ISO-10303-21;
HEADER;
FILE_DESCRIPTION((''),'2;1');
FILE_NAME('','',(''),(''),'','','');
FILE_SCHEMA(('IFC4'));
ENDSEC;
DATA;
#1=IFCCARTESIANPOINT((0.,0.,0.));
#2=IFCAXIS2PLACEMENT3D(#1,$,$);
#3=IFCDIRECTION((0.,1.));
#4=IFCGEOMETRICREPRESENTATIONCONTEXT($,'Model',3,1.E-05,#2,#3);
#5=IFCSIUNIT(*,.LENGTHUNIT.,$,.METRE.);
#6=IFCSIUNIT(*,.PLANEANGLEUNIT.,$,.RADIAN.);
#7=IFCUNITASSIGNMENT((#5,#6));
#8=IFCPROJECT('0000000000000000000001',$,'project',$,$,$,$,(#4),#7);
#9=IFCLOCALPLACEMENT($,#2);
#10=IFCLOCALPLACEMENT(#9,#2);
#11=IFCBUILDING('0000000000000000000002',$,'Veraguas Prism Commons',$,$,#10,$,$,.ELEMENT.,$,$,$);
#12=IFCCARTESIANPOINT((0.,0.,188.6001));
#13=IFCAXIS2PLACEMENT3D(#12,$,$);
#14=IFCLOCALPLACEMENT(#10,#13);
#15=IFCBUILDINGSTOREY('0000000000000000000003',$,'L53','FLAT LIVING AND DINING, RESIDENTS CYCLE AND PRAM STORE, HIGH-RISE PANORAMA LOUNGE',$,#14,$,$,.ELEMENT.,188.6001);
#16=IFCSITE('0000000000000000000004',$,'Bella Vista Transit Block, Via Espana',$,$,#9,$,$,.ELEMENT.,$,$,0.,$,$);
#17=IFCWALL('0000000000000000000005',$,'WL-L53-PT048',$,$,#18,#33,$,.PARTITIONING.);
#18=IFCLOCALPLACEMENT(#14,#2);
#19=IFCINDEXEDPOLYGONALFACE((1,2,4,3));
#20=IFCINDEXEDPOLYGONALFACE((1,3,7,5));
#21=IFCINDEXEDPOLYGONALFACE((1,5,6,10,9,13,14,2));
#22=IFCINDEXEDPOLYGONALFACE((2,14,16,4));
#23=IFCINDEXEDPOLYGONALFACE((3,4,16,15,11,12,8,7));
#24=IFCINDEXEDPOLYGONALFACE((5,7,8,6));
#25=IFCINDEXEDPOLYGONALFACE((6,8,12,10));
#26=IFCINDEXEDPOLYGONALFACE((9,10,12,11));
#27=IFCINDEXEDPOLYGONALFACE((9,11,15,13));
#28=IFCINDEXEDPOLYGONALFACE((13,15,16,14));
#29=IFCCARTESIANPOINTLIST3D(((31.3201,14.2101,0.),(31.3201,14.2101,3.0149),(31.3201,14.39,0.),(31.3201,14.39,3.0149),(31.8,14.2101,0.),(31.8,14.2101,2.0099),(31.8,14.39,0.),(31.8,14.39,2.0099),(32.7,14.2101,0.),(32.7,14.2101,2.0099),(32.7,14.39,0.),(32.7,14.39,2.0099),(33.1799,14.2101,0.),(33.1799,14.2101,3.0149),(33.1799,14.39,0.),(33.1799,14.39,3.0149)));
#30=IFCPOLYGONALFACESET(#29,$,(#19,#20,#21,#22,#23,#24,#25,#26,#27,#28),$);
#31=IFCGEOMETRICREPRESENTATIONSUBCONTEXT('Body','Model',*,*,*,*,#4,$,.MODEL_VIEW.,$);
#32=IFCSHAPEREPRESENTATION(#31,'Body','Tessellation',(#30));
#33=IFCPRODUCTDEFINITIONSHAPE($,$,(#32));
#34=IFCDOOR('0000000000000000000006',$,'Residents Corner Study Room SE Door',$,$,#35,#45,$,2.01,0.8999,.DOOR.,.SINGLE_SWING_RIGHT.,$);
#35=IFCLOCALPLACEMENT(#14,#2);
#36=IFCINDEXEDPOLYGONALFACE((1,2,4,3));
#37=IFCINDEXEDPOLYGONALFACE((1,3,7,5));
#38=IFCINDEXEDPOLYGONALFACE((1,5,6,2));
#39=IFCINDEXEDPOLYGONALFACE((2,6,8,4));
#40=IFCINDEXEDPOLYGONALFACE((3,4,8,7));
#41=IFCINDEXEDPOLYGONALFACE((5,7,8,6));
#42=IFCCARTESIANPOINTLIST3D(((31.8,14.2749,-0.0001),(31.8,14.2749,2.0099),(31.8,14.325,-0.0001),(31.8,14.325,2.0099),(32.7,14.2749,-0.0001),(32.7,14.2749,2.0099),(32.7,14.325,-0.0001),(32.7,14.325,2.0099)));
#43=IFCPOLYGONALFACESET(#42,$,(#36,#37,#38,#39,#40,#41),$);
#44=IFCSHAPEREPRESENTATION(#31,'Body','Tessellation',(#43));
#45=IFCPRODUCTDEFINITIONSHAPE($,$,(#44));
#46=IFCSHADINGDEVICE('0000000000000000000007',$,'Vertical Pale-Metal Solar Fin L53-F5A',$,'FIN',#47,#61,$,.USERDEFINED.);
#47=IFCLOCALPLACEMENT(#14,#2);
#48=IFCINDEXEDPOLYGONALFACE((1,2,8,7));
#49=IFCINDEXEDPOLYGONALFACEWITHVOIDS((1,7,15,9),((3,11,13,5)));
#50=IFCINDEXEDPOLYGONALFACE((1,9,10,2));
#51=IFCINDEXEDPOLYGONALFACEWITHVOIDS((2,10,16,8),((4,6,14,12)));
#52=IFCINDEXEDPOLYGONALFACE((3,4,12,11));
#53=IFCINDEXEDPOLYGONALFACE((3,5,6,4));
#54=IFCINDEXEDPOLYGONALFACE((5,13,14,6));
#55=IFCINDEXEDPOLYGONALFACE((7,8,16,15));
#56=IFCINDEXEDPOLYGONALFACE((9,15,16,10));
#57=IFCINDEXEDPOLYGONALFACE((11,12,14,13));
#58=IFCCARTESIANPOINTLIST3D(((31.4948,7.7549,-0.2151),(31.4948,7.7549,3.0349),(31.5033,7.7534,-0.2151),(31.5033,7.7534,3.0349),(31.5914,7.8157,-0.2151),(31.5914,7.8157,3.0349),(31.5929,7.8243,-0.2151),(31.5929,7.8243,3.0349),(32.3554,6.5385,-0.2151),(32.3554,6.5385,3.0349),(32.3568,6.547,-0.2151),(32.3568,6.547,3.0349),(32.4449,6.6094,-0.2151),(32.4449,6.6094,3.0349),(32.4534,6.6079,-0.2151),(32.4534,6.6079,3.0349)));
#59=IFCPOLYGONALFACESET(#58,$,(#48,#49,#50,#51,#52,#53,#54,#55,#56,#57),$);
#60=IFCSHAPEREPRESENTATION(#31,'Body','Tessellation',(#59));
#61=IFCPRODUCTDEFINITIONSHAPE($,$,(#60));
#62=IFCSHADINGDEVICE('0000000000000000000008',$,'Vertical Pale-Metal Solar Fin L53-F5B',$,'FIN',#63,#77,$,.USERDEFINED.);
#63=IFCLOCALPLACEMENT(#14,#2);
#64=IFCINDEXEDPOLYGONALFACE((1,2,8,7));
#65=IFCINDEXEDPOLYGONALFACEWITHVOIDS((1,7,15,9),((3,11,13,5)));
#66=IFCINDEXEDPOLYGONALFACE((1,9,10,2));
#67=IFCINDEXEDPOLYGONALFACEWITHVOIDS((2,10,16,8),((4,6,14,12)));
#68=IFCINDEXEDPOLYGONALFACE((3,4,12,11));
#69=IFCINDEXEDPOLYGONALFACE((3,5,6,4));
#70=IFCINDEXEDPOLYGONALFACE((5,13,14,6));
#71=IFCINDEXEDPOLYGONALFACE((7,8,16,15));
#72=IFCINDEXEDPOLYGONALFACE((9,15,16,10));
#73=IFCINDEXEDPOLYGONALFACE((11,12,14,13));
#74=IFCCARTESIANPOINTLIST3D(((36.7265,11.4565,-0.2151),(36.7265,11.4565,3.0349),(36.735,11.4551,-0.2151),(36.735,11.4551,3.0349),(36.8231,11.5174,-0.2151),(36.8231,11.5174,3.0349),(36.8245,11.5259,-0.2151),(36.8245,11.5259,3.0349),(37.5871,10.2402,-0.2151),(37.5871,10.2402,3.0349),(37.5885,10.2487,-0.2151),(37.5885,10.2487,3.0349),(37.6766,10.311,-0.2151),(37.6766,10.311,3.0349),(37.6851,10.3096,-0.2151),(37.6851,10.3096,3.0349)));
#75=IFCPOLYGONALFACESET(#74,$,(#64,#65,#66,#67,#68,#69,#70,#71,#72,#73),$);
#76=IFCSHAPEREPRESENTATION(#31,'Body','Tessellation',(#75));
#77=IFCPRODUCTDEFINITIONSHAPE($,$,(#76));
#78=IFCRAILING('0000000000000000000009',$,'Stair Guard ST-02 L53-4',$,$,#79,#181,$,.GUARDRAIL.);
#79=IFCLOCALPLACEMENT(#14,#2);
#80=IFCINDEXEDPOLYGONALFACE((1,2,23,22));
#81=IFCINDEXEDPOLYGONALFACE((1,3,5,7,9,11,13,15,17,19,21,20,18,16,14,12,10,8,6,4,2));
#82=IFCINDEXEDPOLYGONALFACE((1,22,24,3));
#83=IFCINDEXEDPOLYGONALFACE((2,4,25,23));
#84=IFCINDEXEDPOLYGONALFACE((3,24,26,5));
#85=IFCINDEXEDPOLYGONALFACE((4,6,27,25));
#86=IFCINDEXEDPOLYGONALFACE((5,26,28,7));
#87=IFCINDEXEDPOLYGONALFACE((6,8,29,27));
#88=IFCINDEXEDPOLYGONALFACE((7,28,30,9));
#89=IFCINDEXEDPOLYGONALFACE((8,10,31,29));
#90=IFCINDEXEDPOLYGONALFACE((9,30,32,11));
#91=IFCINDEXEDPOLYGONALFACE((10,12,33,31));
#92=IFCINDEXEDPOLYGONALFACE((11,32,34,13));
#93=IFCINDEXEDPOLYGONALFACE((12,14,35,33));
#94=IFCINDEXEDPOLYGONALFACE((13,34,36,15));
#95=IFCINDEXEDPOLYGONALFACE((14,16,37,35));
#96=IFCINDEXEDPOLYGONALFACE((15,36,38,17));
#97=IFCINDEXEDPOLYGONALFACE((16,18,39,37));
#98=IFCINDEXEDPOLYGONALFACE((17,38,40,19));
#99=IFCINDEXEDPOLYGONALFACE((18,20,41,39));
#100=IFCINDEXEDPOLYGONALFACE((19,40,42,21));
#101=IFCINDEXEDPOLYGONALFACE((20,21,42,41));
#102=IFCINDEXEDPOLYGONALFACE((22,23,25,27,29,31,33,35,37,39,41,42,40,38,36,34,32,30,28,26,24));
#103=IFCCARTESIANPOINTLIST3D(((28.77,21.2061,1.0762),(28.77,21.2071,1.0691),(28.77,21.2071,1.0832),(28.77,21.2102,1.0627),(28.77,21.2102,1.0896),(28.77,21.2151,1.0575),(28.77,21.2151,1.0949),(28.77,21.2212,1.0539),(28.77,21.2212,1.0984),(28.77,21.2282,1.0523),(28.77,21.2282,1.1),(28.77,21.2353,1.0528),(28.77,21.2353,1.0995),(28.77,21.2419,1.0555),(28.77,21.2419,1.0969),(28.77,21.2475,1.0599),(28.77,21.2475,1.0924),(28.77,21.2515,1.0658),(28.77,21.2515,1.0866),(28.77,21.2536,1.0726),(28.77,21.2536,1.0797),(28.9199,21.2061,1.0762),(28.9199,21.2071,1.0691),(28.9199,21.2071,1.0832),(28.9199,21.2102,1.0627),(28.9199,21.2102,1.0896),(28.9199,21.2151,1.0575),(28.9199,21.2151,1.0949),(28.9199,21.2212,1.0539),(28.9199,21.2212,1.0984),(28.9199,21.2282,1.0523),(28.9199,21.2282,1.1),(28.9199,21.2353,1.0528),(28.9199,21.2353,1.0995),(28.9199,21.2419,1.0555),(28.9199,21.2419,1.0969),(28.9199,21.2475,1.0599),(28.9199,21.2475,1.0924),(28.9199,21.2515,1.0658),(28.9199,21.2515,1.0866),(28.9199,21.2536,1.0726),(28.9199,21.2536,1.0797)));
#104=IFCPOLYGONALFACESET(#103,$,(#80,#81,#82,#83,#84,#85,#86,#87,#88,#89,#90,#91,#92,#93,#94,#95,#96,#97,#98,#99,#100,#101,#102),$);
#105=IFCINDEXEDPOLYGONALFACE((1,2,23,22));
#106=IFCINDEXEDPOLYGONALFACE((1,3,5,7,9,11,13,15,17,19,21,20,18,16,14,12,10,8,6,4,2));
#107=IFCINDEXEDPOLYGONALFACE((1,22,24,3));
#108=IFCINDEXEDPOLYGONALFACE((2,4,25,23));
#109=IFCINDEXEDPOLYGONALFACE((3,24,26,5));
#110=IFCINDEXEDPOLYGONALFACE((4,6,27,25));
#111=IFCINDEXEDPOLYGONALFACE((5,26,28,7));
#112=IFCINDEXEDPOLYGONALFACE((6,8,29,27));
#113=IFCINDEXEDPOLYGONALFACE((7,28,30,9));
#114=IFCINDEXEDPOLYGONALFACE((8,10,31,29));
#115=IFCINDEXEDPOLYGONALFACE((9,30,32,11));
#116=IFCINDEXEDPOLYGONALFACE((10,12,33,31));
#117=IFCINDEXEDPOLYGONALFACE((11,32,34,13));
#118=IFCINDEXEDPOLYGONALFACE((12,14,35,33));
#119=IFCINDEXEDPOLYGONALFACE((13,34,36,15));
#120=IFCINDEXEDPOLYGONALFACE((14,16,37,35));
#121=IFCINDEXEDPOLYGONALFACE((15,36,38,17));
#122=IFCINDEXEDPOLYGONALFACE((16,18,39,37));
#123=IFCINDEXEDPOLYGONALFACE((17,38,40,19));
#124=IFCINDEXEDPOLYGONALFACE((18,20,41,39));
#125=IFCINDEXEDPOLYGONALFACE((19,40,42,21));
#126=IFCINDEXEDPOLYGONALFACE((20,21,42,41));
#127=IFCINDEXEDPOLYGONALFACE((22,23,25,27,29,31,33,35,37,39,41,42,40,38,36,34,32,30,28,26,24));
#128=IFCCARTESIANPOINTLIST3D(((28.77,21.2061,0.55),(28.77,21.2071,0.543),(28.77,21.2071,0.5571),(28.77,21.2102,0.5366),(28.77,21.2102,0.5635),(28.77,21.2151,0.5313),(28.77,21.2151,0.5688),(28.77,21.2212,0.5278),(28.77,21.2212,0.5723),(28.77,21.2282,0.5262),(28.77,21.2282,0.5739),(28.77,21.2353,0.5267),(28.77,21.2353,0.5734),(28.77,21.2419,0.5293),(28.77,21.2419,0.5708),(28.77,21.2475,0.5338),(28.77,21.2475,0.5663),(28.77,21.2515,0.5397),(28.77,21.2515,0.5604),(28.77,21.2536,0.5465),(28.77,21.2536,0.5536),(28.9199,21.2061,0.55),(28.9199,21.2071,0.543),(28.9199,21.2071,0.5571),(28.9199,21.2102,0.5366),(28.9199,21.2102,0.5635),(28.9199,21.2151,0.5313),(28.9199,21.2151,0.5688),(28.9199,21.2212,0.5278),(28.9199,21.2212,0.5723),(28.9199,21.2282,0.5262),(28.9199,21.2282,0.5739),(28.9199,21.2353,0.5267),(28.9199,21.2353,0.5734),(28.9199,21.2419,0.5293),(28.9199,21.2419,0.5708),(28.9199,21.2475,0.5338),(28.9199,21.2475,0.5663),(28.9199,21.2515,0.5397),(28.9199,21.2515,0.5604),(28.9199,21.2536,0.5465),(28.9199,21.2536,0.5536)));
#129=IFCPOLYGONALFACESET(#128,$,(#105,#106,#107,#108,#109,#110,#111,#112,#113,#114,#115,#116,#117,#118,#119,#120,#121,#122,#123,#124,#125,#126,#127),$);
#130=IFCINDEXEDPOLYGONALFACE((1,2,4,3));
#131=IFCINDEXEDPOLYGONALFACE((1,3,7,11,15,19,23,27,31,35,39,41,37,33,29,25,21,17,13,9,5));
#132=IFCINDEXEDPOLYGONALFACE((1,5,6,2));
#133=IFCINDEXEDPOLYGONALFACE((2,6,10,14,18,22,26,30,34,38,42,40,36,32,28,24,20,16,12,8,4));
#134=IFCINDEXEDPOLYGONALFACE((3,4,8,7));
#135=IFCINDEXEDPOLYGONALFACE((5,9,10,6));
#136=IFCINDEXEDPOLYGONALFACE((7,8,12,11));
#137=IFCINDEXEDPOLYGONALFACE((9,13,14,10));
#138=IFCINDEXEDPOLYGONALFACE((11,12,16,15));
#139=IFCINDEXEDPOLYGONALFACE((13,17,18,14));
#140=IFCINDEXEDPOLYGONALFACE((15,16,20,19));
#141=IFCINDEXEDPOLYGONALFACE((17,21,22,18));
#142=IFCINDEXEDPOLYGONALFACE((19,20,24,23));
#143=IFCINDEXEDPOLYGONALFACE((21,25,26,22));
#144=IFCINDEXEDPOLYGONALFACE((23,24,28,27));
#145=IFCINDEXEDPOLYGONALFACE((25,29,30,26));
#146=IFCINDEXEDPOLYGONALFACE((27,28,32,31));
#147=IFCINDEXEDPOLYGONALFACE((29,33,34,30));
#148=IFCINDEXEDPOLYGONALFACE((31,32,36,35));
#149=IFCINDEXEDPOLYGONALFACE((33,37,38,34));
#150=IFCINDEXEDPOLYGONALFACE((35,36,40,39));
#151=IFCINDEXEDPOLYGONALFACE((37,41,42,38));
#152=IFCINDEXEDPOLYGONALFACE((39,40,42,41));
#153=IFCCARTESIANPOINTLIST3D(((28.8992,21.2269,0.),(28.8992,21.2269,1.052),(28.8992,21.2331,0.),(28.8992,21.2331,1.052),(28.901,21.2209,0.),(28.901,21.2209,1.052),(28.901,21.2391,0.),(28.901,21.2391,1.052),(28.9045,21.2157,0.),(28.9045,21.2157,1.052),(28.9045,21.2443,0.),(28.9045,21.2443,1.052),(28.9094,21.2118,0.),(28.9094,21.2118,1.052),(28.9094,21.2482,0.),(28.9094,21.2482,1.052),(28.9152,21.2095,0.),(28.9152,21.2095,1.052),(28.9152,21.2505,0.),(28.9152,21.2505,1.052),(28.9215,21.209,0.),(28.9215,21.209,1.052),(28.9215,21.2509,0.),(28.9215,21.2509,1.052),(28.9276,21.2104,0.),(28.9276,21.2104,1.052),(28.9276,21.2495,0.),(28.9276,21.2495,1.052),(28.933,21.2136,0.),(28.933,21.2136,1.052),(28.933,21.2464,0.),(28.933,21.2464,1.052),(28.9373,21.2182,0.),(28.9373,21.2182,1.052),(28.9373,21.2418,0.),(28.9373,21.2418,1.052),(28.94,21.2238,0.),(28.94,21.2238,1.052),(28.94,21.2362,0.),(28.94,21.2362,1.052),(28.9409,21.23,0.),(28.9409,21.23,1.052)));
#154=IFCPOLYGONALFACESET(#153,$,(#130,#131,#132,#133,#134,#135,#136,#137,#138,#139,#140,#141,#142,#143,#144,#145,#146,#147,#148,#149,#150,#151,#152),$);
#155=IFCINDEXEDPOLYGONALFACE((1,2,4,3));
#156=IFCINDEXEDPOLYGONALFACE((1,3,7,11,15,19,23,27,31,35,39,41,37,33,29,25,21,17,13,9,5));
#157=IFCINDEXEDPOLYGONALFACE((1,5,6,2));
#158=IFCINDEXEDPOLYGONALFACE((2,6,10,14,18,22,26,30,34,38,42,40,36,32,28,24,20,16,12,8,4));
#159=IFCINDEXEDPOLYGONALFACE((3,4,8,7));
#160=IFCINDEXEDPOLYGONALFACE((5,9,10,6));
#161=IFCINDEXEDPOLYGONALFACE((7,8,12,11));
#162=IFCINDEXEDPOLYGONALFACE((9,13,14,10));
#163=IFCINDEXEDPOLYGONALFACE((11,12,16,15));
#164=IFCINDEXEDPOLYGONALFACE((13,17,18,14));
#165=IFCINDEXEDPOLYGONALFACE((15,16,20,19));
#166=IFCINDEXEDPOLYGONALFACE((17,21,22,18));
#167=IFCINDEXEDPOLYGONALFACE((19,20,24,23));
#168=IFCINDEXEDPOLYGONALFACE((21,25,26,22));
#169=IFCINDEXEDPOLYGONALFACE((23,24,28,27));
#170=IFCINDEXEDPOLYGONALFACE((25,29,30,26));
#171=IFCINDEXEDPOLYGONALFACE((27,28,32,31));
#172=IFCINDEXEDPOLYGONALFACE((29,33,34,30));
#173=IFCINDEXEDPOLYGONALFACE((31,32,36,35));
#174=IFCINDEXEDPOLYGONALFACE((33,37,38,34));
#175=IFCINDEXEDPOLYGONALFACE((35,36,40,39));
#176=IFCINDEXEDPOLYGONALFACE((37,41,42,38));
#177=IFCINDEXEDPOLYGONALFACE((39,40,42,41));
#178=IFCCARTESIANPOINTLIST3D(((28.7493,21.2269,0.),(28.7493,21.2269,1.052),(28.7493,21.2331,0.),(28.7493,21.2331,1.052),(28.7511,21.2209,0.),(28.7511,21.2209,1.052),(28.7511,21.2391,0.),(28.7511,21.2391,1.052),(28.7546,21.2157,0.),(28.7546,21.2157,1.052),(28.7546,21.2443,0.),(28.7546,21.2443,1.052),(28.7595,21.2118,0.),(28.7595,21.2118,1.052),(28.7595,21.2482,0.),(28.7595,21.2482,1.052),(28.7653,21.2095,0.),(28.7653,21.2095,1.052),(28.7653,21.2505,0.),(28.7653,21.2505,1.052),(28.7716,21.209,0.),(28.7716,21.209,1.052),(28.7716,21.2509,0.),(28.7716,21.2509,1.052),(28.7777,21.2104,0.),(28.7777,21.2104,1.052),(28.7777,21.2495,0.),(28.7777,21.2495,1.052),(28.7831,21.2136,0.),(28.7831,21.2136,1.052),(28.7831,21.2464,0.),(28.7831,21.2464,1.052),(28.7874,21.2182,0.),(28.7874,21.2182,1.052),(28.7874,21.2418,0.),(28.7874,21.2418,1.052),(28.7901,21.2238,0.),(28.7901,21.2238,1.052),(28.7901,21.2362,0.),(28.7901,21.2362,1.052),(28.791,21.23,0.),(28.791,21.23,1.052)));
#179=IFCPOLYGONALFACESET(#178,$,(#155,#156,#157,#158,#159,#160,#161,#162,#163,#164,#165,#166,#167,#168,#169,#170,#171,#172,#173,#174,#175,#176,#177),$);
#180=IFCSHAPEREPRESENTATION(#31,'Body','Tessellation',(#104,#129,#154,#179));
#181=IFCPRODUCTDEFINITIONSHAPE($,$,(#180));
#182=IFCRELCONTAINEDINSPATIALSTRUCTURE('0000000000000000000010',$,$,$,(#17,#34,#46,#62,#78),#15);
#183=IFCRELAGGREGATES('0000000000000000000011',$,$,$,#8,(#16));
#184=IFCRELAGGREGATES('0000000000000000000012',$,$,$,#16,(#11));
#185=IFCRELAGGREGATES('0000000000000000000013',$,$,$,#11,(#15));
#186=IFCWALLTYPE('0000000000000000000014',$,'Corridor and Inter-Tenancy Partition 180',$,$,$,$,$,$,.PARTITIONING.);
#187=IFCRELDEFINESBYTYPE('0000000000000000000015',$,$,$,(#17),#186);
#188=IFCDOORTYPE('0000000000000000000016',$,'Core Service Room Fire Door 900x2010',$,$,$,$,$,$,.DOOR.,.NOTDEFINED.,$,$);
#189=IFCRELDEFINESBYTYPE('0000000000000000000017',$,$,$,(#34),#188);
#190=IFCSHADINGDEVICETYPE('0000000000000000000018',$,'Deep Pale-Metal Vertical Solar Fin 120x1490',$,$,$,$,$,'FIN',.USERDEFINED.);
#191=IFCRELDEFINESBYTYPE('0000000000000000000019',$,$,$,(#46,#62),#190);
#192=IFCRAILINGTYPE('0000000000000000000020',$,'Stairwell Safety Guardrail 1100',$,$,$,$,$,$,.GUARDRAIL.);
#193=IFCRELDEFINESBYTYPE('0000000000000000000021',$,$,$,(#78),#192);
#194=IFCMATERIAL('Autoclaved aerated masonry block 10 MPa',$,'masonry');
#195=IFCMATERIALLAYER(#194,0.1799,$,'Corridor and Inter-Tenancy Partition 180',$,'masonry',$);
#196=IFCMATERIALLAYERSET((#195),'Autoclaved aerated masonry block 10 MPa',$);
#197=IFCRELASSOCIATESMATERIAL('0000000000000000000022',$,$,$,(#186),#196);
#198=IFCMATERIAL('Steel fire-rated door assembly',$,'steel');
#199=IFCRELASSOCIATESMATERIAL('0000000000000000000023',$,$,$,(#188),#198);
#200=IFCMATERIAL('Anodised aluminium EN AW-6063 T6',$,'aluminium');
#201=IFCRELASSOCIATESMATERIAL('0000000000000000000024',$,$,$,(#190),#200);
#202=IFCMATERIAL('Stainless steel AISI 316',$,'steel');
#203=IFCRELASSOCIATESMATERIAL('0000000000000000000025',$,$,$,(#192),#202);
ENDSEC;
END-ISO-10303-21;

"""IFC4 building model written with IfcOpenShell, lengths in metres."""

from ifc_helpers import new_model, si_unit, direction, frame, frame_2d, origin, origin_2d, place, context, subcontext, project, spatial, rectangle, hollow_rectangle, circle, extrude, source, transform, mapped, material, layer, layer_set, material_profile, profile_set, type_object, element, fill, save


model = new_model("IFC4")

# Units and contexts
model_context = context("Model", 3, precision=1e-05, world=origin(), true_north=direction((0.0, 1.0)))
body_context = subcontext(model_context, "Body", "Model", "MODEL_VIEW")
ifc_project = project(units=[si_unit("LENGTHUNIT", "METRE"), si_unit("PLANEANGLEUNIT", "RADIAN")], contexts=[model_context])

# Site, building, storey
site_placement = place(None, origin())
site = spatial("IfcSite", under=ifc_project, at=site_placement, Name="Bella Vista Transit Block, Via Espana", CompositionType="ELEMENT", RefElevation=0.0)
building_placement = place(site_placement, origin())
building = spatial("IfcBuilding", under=site, at=building_placement, Name="Veraguas Prism Commons", CompositionType="ELEMENT")
storey_placement = place(building_placement, frame((0.0, 0.0, 188.6001)))
storey = spatial("IfcBuildingStorey", under=building, at=storey_placement, Name="L53", Description="FLAT LIVING AND DINING, RESIDENTS CYCLE AND PRAM STORE, HIGH-RISE PANORAMA LOUNGE", CompositionType="ELEMENT", Elevation=188.6001)

# Shared definitions
ifc_material_1 = material(Name="Anodised aluminium EN AW-6063 T6", Category="aluminium")

# Shared definitions
ifc_material_2 = material(Name="Autoclaved aerated masonry block 10 MPa", Category="masonry")
ifc_layer_1 = layer(ifc_material_2, 0.1799, Name="Corridor and Inter-Tenancy Partition 180", Category="masonry")
ifc_layer_set_1 = layer_set([ifc_layer_1], Name="Autoclaved aerated masonry block 10 MPa")
wall_type_1 = type_object("IfcWallType", Name="Corridor and Inter-Tenancy Partition 180", PredefinedType="PARTITIONING", material=ifc_layer_set_1)

# Shared definitions
ifc_material_3 = material(Name="Steel fire-rated door assembly", Category="steel")

# Wall, opening, door
wall_1_placement = place(storey_placement, frame((31.3201, 14.3, 0.0), z_axis=(0.0, 0.0, 1.0), x_axis=(1.0, 0.0, 0.0)))
wall_1 = element("IfcWall", 1, at=wall_1_placement, inside=storey, type_object=wall_type_1, Name="WL-L53-PT048", PredefinedType="PARTITIONING", context=body_context, shape_type="SweptSolid", body=[
    extrude(rectangle(XDim=1.8599, YDim=0.1799, at=frame_2d((0.9299, 0.0))), origin(), (0.0, 0.0, 1.0), 3.0149),
])
opening_1_placement = place(wall_1_placement, frame((0.48, 0.0, 0.0)))
opening_1 = element("IfcOpeningElement", 2, at=opening_1_placement, cuts=wall_1, PredefinedType="OPENING", context=body_context, shape_type="SweptSolid", body=[
    extrude(rectangle(XDim=0.8999, YDim=2.01, at=frame_2d((0.45, 1.0049))), frame((0.0, 0.0999, 0.0), z_axis=(0.0, -1.0, 0.0), x_axis=(1.0, 0.0, 0.0)), (0.0, 0.0, 1.0), 0.2),
])
door_type_1 = type_object("IfcDoorType", Name="Core Service Room Fire Door 900x2010", OperationType="NOTDEFINED", PredefinedType="DOOR", material=ifc_material_3)
shared_shape_1 = source(origin(), body_context, "Body", "SweptSolid", [
    extrude(rectangle(XDim=0.8999, YDim=2.01, at=frame_2d((0.45, 1.0049))), frame((0.0, 0.0249, 0.0), z_axis=(0.0, -1.0, 0.0), x_axis=(1.0, 0.0, 0.0)), (0.0, 0.0, 1.0), 0.05),
])
door_1_placement = place(opening_1_placement, origin())
door_1 = element("IfcDoor", 3, at=door_1_placement, inside=storey, type_object=door_type_1, Name="Residents Corner Study Room SE Door", OperationType="SINGLE_SWING_RIGHT", OverallHeight=2.01, OverallWidth=0.8999, PredefinedType="DOOR", context=body_context, shape_type="MappedRepresentation", body=[
    mapped(shared_shape_1, transform((0.0, 0.0, 0.0), scale=1.0)),
])
fill(opening_1, door_1)

# Shading devices
ifc_material_profile_1 = material_profile(ifc_material_1, hollow_rectangle(XDim=0.1201, YDim=1.49, WallThickness=0.0061, at=origin_2d()), Name="FIN120X1490X6")
ifc_profile_set_1 = profile_set([ifc_material_profile_1], Name="Anodised aluminium EN AW-6063 T6")
shading_device_type = type_object("IfcShadingDeviceType", Name="Deep Pale-Metal Vertical Solar Fin 120x1490", ElementType="FIN", PredefinedType="USERDEFINED", material=ifc_profile_set_1)
for number, where, z_axis, x_axis, name in (
    (4, (31.9741, 7.1814, -0.2151), (0.0, 0.0, 1.0), (0.816339, 0.577573, 0.0), "Vertical Pale-Metal Solar Fin L53-F5A"),
    (5, (37.2058, 10.8831, -0.2151), (0.0, 0.0, 1.0), (0.816339, 0.577573, 0.0), "Vertical Pale-Metal Solar Fin L53-F5B"),
):
    element("IfcShadingDevice", number, at=place(storey_placement, frame(where, z_axis=z_axis, x_axis=x_axis)), inside=storey, type_object=shading_device_type, Name=name, ObjectType="FIN", PredefinedType="USERDEFINED", context=body_context, shape_type="SweptSolid", body=[
        extrude(hollow_rectangle(XDim=0.1201, YDim=1.49, WallThickness=0.0061, at=origin_2d()), origin(), (0.0, 0.0, 1.0), 3.25),
    ])

# Railing
ifc_material_4 = material(Name="Stainless steel AISI 316", Category="steel")
railing_type = type_object("IfcRailingType", Name="Stairwell Safety Guardrail 1100", PredefinedType="GUARDRAIL", material=ifc_material_4)
railing_placement = place(storey_placement, frame((28.9199, 21.23, 0.0)))
element("IfcRailing", 6, at=railing_placement, inside=storey, type_object=railing_type, Name="Stair Guard ST-02 L53-4", PredefinedType="GUARDRAIL", context=body_context, shape_type="SweptSolid", body=[
    extrude(circle(Radius=0.0239, at=origin_2d()), frame((0.0, 0.0, 1.0762), z_axis=(-1.0, 0.0, 0.0), x_axis=(0.0, -1.0, 0.0)), (0.0, 0.0, 1.0), 0.1499),
    extrude(circle(Radius=0.0239, at=origin_2d()), frame((0.0, 0.0, 0.55), z_axis=(-1.0, 0.0, 0.0), x_axis=(0.0, -1.0, 0.0)), (0.0, 0.0, 1.0), 0.1499),
    extrude(circle(Radius=0.021, at=origin_2d()), origin(), (0.0, 0.0, 1.0), 1.052),
    extrude(circle(Radius=0.021, at=origin_2d()), frame((-0.1499, 0.0, 0.0)), (0.0, 0.0, 1.0), 1.052),
])

save(model, "model.ifc")
